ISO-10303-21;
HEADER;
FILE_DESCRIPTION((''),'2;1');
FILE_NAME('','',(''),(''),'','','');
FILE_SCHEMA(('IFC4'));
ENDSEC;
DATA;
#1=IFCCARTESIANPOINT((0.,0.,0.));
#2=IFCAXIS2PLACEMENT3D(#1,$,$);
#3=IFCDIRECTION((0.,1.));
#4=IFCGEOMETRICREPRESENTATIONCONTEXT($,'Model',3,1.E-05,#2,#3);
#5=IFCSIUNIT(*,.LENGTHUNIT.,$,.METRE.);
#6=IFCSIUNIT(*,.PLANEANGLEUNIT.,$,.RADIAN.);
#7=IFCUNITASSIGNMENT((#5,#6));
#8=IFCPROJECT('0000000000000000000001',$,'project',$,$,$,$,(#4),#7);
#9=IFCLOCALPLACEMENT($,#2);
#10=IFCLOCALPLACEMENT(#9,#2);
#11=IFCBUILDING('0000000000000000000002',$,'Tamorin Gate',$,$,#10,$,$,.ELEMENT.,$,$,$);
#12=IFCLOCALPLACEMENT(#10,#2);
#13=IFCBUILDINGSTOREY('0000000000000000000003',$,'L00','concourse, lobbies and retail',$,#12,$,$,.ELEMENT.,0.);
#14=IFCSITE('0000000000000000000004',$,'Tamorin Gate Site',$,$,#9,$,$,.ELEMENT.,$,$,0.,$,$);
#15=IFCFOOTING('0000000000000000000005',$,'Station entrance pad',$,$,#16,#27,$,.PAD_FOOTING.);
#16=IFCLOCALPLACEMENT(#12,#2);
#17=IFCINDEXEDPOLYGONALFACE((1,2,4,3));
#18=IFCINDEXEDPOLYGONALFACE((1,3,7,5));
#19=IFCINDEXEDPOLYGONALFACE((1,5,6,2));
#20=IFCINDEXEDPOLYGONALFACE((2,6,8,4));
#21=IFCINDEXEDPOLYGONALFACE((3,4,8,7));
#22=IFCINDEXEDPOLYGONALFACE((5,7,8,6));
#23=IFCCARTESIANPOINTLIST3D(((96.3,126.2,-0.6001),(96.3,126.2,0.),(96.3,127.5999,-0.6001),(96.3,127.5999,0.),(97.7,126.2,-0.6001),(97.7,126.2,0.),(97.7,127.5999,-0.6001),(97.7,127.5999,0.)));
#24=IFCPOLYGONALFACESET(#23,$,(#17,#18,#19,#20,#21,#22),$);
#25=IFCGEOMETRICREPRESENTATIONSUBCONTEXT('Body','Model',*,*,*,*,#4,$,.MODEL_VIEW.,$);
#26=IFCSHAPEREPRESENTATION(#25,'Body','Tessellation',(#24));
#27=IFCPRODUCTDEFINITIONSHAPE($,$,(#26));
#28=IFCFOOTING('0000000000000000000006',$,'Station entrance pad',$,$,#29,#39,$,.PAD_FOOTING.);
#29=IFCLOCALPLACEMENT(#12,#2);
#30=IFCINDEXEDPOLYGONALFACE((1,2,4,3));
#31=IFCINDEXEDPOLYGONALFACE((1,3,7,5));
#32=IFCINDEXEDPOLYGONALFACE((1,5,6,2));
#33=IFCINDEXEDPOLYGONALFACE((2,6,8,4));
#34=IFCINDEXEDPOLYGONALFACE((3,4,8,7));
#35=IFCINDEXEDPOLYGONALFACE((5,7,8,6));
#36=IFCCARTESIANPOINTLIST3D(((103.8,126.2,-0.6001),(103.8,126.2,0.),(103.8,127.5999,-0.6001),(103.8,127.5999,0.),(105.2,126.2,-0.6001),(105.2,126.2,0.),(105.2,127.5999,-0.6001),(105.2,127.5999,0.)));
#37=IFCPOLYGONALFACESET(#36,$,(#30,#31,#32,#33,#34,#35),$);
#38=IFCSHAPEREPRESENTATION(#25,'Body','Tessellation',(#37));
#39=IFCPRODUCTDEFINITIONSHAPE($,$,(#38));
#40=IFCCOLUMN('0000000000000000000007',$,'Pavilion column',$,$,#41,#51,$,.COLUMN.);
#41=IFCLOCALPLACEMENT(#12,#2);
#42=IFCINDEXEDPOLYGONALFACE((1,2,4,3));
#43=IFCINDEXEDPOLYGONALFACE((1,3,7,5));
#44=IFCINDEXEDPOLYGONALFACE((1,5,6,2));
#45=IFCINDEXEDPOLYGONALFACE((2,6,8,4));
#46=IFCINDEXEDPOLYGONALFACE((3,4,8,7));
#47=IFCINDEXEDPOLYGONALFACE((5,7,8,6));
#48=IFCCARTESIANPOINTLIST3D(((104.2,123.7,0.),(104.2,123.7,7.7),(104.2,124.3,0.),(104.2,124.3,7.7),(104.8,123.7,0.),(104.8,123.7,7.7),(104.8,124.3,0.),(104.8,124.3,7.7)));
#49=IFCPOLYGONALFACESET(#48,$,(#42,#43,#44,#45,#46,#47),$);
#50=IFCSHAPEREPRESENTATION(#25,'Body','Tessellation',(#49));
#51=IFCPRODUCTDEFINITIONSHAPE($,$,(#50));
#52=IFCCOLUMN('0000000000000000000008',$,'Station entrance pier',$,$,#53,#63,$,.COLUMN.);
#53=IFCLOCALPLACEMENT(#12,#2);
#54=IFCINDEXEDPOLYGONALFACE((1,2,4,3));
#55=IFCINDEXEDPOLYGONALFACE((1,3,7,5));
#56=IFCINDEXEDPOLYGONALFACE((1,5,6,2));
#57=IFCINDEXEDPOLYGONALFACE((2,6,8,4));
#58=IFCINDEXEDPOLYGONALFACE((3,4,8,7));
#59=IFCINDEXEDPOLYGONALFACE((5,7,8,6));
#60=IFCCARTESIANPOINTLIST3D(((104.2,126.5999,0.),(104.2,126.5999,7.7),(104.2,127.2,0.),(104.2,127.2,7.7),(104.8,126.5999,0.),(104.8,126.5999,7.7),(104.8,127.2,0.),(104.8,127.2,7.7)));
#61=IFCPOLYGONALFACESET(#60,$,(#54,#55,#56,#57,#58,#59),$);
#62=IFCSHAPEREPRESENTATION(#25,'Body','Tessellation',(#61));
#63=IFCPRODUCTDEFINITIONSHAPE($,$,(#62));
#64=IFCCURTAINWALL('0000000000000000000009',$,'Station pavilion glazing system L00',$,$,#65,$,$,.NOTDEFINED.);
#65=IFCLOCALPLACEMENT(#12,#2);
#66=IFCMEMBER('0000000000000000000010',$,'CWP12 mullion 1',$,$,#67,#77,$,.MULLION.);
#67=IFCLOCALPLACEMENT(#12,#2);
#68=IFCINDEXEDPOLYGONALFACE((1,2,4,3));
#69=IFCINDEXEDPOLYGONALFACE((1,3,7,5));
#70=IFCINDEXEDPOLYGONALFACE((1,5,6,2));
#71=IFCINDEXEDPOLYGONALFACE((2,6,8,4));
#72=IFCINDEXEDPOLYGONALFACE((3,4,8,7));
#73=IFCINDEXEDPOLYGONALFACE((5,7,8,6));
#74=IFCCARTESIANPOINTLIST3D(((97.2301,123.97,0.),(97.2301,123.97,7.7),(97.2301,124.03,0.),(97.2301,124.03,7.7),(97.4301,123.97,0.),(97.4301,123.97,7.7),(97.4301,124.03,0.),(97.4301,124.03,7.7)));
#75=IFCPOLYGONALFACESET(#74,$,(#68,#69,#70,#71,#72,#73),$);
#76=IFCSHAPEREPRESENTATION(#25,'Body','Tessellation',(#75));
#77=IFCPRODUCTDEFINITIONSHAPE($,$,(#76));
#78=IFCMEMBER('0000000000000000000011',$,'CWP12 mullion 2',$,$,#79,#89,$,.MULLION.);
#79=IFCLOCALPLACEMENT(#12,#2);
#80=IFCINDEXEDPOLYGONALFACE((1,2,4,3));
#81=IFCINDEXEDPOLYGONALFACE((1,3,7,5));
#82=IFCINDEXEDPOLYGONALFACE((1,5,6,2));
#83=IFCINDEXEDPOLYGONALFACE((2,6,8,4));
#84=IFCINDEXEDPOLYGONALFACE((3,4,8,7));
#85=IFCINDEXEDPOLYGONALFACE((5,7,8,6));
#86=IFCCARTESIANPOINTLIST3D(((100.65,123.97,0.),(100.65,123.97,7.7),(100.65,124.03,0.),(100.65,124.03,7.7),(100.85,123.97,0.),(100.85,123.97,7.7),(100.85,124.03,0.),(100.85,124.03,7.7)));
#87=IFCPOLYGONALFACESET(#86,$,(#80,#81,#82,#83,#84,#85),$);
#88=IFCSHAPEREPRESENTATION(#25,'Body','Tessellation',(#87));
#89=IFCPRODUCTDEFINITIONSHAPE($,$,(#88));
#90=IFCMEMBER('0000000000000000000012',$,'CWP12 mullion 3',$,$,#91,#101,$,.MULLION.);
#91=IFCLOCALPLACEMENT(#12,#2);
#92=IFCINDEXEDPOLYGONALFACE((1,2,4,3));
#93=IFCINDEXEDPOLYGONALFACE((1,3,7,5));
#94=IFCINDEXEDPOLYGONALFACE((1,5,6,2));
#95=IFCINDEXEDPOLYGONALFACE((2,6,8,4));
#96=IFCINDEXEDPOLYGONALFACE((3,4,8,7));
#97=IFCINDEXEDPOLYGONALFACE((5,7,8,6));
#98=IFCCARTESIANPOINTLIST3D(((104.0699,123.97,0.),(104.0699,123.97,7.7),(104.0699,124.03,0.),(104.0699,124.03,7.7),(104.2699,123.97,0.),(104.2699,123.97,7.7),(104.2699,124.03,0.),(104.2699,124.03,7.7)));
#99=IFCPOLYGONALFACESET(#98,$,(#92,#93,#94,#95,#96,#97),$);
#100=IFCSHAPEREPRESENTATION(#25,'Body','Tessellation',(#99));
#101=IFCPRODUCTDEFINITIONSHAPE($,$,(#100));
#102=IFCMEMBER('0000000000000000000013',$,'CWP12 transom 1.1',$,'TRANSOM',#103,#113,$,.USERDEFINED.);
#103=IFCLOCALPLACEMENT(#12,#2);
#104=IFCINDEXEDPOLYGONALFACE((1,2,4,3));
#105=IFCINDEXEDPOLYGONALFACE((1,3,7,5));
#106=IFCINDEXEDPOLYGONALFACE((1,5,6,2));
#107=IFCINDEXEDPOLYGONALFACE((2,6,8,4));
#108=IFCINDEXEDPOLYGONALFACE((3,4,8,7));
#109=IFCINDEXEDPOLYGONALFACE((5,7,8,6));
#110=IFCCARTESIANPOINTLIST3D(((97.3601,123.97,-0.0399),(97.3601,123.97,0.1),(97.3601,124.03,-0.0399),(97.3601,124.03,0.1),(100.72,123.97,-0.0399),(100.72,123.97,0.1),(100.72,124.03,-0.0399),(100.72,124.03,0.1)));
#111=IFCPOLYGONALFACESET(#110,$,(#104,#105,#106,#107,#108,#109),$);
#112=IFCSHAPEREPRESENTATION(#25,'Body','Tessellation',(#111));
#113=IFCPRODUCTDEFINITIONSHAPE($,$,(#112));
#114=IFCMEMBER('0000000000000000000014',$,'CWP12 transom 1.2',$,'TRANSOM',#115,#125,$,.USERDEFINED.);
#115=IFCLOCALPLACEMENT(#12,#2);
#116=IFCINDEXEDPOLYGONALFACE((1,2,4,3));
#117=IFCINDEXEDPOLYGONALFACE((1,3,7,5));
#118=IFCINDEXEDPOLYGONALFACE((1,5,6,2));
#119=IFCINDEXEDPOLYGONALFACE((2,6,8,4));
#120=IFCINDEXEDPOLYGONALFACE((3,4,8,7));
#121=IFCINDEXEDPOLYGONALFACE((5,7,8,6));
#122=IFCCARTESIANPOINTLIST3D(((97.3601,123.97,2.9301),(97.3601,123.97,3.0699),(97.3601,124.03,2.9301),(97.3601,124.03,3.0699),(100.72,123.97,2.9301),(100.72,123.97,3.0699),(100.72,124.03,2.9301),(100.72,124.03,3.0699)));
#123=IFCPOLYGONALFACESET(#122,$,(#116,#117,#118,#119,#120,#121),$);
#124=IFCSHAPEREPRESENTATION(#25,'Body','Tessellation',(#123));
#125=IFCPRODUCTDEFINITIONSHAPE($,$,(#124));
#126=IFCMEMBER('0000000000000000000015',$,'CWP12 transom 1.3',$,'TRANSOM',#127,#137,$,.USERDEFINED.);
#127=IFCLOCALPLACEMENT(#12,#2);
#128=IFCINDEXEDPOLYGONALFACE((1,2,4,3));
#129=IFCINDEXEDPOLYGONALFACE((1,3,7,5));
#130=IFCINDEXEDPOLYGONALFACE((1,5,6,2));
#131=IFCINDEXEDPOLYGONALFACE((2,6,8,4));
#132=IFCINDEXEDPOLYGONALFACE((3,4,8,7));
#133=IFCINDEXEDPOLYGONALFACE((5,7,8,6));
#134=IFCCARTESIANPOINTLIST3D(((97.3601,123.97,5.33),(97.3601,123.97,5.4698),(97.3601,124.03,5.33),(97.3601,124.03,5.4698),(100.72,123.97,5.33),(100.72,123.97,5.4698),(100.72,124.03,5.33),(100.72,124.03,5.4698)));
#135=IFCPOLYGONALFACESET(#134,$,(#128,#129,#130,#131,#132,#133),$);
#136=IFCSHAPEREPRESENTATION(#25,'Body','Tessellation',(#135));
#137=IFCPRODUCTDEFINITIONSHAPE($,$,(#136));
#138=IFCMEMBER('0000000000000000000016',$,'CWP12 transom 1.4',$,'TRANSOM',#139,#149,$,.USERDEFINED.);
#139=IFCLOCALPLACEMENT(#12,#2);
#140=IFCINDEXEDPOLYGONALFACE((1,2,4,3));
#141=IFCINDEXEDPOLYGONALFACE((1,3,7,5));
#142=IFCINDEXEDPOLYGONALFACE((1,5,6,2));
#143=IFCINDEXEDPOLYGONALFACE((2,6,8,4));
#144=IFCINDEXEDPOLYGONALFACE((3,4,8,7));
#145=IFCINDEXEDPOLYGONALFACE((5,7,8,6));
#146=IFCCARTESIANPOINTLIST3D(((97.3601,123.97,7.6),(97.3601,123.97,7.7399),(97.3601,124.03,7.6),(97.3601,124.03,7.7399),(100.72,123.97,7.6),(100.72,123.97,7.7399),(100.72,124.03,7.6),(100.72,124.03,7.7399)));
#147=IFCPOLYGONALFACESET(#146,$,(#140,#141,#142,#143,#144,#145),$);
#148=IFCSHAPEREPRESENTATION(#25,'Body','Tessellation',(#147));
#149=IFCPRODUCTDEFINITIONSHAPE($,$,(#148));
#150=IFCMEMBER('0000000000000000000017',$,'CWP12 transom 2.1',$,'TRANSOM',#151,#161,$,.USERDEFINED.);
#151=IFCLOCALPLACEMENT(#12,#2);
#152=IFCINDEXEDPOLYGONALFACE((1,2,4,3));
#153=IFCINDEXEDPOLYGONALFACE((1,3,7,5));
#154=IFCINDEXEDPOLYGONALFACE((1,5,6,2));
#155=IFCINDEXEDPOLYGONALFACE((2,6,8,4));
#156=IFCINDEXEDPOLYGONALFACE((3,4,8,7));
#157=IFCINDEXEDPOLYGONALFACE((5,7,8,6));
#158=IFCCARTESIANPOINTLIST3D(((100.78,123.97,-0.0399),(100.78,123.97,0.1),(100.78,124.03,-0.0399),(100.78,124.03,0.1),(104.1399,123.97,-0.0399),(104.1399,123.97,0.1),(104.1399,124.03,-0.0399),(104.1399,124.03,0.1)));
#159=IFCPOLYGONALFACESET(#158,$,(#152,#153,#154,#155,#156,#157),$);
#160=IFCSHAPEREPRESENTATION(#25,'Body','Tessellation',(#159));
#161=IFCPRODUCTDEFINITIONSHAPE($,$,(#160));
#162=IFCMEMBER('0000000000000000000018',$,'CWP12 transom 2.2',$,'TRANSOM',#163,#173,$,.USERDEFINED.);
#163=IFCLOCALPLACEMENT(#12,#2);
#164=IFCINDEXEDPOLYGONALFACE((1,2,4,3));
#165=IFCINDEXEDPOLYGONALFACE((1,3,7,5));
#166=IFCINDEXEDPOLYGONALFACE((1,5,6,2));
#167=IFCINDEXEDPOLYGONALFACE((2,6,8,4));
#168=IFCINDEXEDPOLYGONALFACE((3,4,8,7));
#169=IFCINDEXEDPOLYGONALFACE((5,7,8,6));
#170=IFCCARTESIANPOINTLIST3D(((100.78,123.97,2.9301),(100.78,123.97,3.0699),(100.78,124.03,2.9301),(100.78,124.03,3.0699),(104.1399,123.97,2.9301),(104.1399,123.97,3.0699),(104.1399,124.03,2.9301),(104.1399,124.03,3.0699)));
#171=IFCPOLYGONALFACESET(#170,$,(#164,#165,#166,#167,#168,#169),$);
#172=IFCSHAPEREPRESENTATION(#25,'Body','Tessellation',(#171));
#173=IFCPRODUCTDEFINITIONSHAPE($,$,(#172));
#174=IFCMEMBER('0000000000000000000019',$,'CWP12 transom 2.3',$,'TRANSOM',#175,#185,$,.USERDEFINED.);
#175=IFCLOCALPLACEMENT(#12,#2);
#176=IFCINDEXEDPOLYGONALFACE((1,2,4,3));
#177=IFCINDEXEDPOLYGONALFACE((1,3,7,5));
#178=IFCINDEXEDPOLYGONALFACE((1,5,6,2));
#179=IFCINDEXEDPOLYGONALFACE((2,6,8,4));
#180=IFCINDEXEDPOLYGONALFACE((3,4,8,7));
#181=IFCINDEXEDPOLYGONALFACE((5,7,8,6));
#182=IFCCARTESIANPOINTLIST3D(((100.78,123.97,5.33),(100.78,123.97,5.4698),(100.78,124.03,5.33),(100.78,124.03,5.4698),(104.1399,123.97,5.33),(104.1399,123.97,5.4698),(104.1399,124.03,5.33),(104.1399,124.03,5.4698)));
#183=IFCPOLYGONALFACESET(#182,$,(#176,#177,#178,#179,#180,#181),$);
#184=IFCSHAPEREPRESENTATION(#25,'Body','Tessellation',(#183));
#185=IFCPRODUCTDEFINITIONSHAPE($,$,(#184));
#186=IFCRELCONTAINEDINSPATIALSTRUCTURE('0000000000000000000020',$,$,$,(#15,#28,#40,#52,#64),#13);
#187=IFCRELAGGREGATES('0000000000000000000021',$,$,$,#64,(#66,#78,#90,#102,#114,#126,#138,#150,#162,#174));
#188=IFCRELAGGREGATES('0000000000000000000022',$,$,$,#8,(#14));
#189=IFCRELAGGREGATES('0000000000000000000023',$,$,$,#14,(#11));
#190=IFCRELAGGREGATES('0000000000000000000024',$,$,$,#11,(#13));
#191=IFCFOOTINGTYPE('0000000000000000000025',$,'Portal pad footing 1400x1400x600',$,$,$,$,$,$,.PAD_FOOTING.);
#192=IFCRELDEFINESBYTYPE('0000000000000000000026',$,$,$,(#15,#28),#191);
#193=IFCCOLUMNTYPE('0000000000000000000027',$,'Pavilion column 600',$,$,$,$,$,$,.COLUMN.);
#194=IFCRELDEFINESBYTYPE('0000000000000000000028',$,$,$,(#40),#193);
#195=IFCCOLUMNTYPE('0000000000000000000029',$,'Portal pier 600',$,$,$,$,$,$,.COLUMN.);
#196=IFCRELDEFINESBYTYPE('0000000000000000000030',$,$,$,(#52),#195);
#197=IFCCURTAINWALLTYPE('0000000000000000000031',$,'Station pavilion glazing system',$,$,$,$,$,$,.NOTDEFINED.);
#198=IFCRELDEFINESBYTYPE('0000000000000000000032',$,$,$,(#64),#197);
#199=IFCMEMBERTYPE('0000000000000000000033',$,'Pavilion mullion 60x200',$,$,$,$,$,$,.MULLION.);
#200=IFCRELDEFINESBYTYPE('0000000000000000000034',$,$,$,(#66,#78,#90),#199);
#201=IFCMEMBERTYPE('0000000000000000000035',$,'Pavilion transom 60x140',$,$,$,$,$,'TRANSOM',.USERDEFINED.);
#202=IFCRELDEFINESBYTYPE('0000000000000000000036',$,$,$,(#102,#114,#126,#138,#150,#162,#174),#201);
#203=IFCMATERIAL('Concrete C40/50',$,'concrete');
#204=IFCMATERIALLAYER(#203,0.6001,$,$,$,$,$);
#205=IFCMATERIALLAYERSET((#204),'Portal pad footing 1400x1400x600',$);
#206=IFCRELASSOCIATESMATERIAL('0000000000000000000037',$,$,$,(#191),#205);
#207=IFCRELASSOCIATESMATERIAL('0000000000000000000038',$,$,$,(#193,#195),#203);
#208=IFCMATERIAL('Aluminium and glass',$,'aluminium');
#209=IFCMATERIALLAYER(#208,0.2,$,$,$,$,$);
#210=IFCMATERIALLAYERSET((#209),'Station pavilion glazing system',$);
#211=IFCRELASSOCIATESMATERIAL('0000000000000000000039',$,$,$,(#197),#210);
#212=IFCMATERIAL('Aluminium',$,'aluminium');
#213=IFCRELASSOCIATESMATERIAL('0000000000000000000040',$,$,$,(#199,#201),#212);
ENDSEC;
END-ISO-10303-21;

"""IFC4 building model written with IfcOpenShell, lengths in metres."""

from ifc_helpers import new_model, si_unit, direction, frame, origin, origin_2d, place, context, subcontext, project, spatial, rectangle, extrude, material, layer, layer_set, material_profile, profile_set, type_object, element, aggregate, save


model = new_model("IFC4")

# Units and contexts
model_context = context("Model", 3, precision=1e-05, world=origin(), true_north=direction((0.0, 1.0)))
body_context = subcontext(model_context, "Body", "Model", "MODEL_VIEW")
ifc_project = project(units=[si_unit("LENGTHUNIT", "METRE"), si_unit("PLANEANGLEUNIT", "RADIAN")], contexts=[model_context])

# Site, building, storey
site_placement = place(None, origin())
site = spatial("IfcSite", under=ifc_project, at=site_placement, Name="Tamorin Gate Site", CompositionType="ELEMENT", RefElevation=0.0)
building_placement = place(site_placement, origin())
building = spatial("IfcBuilding", under=site, at=building_placement, Name="Tamorin Gate", CompositionType="ELEMENT")
storey_placement = place(building_placement, origin())
storey = spatial("IfcBuildingStorey", under=building, at=storey_placement, Name="L00", Description="concourse, lobbies and retail", CompositionType="ELEMENT", Elevation=0.0)

# Footings
ifc_material_1 = material(Name="Concrete C40/50", Category="concrete")
ifc_layer_1 = layer(ifc_material_1, 0.6001)
ifc_layer_set_1 = layer_set([ifc_layer_1], Name="Portal pad footing 1400x1400x600")
footing_type = type_object("IfcFootingType", Name="Portal pad footing 1400x1400x600", PredefinedType="PAD_FOOTING", material=ifc_layer_set_1)
for number, where, z_axis, x_axis, name in (
    (1, (97.0, 126.8999, -0.6001), (0.0, 0.0, 1.0), (1.0, 0.0, 0.0), "Station entrance pad"),
    (2, (104.5, 126.8999, -0.6001), (0.0, 0.0, 1.0), (1.0, 0.0, 0.0), "Station entrance pad"),
):
    element("IfcFooting", number, at=place(storey_placement, frame(where, z_axis=z_axis, x_axis=x_axis)), inside=storey, type_object=footing_type, Name=name, PredefinedType="PAD_FOOTING", context=body_context, shape_type="SweptSolid", body=[
        extrude(rectangle(XDim=1.3999, YDim=1.3999, at=origin_2d()), origin(), (0.0, 0.0, 1.0), 0.6001),
    ])

# Columns
ifc_material_profile_1 = material_profile(ifc_material_1, rectangle(XDim=0.6001, YDim=0.6001, at=origin_2d()))
ifc_profile_set_1 = profile_set([ifc_material_profile_1], Name="Concrete C40/50")
column_type_1 = type_object("IfcColumnType", Name="Pavilion column 600", PredefinedType="COLUMN", material=ifc_profile_set_1)
column_1_placement = place(storey_placement, frame((104.5, 124.0, 0.0), z_axis=(0.0, 0.0, 1.0), x_axis=(1.0, 0.0, 0.0)))
element("IfcColumn", 3, at=column_1_placement, inside=storey, type_object=column_type_1, Name="Pavilion column", PredefinedType="COLUMN", context=body_context, shape_type="SweptSolid", body=[
    extrude(rectangle(XDim=0.6001, YDim=0.6001, at=origin_2d()), origin(), (0.0, 0.0, 1.0), 7.7),
])
ifc_material_profile_2 = material_profile(ifc_material_1, rectangle(XDim=0.6001, YDim=0.6001, at=origin_2d()), Name="RC 600x600")
ifc_profile_set_2 = profile_set([ifc_material_profile_2], Name="Concrete C40/50")
column_type_2 = type_object("IfcColumnType", Name="Portal pier 600", PredefinedType="COLUMN", material=ifc_profile_set_2)
column_2_placement = place(storey_placement, frame((104.5, 126.8999, 0.0), z_axis=(0.0, 0.0, 1.0), x_axis=(1.0, 0.0, 0.0)))
element("IfcColumn", 4, at=column_2_placement, inside=storey, type_object=column_type_2, Name="Station entrance pier", PredefinedType="COLUMN", context=body_context, shape_type="SweptSolid", body=[
    extrude(rectangle(XDim=0.6001, YDim=0.6001, at=origin_2d()), origin(), (0.0, 0.0, 1.0), 7.7),
])

# Curtain wall, members
ifc_material_2 = material(Name="Aluminium and glass", Category="aluminium")
ifc_layer_2 = layer(ifc_material_2, 0.2)
ifc_layer_set_2 = layer_set([ifc_layer_2], Name="Station pavilion glazing system")
curtain_wall_type = type_object("IfcCurtainWallType", Name="Station pavilion glazing system", PredefinedType="NOTDEFINED", material=ifc_layer_set_2)
curtain_wall_placement = place(storey_placement, origin())
curtain_wall = element("IfcCurtainWall", 5, at=curtain_wall_placement, inside=storey, type_object=curtain_wall_type, Name="Station pavilion glazing system L00", PredefinedType="NOTDEFINED")
ifc_material_3 = material(Name="Aluminium", Category="aluminium")
ifc_material_profile_3 = material_profile(ifc_material_3, rectangle(XDim=0.0601, YDim=0.2, at=origin_2d()), Name="RECT 60x200")
ifc_profile_set_3 = profile_set([ifc_material_profile_3], Name="Aluminium")
member_type_1 = type_object("IfcMemberType", Name="Pavilion mullion 60x200", PredefinedType="MULLION", material=ifc_profile_set_3)
member_1_placement = place(storey_placement, frame((97.3301, 124.0, 0.0), z_axis=(0.0, 0.0, 1.0), x_axis=(0.0, 1.0, 0.0)))
member_1 = element("IfcMember", 6, at=member_1_placement, type_object=member_type_1, Name="CWP12 mullion 1", PredefinedType="MULLION", context=body_context, shape_type="SweptSolid", body=[
    extrude(rectangle(XDim=0.0601, YDim=0.2, at=origin_2d()), origin(), (0.0, 0.0, 1.0), 7.7),
])
member_2_placement = place(storey_placement, frame((100.75, 124.0, 0.0), z_axis=(0.0, 0.0, 1.0), x_axis=(0.0, 1.0, 0.0)))
member_2 = element("IfcMember", 7, at=member_2_placement, type_object=member_type_1, Name="CWP12 mullion 2", PredefinedType="MULLION", context=body_context, shape_type="SweptSolid", body=[
    extrude(rectangle(XDim=0.0601, YDim=0.2, at=origin_2d()), origin(), (0.0, 0.0, 1.0), 7.7),
])
member_3_placement = place(storey_placement, frame((104.1699, 124.0, 0.0), z_axis=(0.0, 0.0, 1.0), x_axis=(0.0, 1.0, 0.0)))
member_3 = element("IfcMember", 8, at=member_3_placement, type_object=member_type_1, Name="CWP12 mullion 3", PredefinedType="MULLION", context=body_context, shape_type="SweptSolid", body=[
    extrude(rectangle(XDim=0.0601, YDim=0.2, at=origin_2d()), origin(), (0.0, 0.0, 1.0), 7.7),
])
ifc_material_profile_4 = material_profile(ifc_material_3, rectangle(XDim=0.0601, YDim=0.1399, at=origin_2d()), Name="RECT 60x140")
ifc_profile_set_4 = profile_set([ifc_material_profile_4], Name="Aluminium")
member_type_2 = type_object("IfcMemberType", Name="Pavilion transom 60x140", ElementType="TRANSOM", PredefinedType="USERDEFINED", material=ifc_profile_set_4)
member_4_placement = place(storey_placement, frame((97.3601, 124.0, 0.03), z_axis=(1.0, 0.0, 0.0), x_axis=(0.0, 1.0, 0.0)))
member_4 = element("IfcMember", 9, at=member_4_placement, type_object=member_type_2, Name="CWP12 transom 1.1", ObjectType="TRANSOM", PredefinedType="USERDEFINED", context=body_context, shape_type="SweptSolid", body=[
    extrude(rectangle(XDim=0.0601, YDim=0.1399, at=origin_2d()), origin(), (0.0, 0.0, 1.0), 3.3599),
])
member_5_placement = place(storey_placement, frame((97.3601, 124.0, 3.0), z_axis=(1.0, 0.0, 0.0), x_axis=(0.0, 1.0, 0.0)))
member_5 = element("IfcMember", 10, at=member_5_placement, type_object=member_type_2, Name="CWP12 transom 1.2", ObjectType="TRANSOM", PredefinedType="USERDEFINED", context=body_context, shape_type="SweptSolid", body=[
    extrude(rectangle(XDim=0.0601, YDim=0.1399, at=origin_2d()), origin(), (0.0, 0.0, 1.0), 3.3599),
])
member_6_placement = place(storey_placement, frame((97.3601, 124.0, 5.3999), z_axis=(1.0, 0.0, 0.0), x_axis=(0.0, 1.0, 0.0)))
member_6 = element("IfcMember", 11, at=member_6_placement, type_object=member_type_2, Name="CWP12 transom 1.3", ObjectType="TRANSOM", PredefinedType="USERDEFINED", context=body_context, shape_type="SweptSolid", body=[
    extrude(rectangle(XDim=0.0601, YDim=0.1399, at=origin_2d()), origin(), (0.0, 0.0, 1.0), 3.3599),
])
member_7_placement = place(storey_placement, frame((97.3601, 124.0, 7.6699), z_axis=(1.0, 0.0, 0.0), x_axis=(0.0, 1.0, 0.0)))
member_7 = element("IfcMember", 12, at=member_7_placement, type_object=member_type_2, Name="CWP12 transom 1.4", ObjectType="TRANSOM", PredefinedType="USERDEFINED", context=body_context, shape_type="SweptSolid", body=[
    extrude(rectangle(XDim=0.0601, YDim=0.1399, at=origin_2d()), origin(), (0.0, 0.0, 1.0), 3.3599),
])
member_8_placement = place(storey_placement, frame((100.78, 124.0, 0.03), z_axis=(1.0, 0.0, 0.0), x_axis=(0.0, 1.0, 0.0)))
member_8 = element("IfcMember", 13, at=member_8_placement, type_object=member_type_2, Name="CWP12 transom 2.1", ObjectType="TRANSOM", PredefinedType="USERDEFINED", context=body_context, shape_type="SweptSolid", body=[
    extrude(rectangle(XDim=0.0601, YDim=0.1399, at=origin_2d()), origin(), (0.0, 0.0, 1.0), 3.3599),
])
member_9_placement = place(storey_placement, frame((100.78, 124.0, 3.0), z_axis=(1.0, 0.0, 0.0), x_axis=(0.0, 1.0, 0.0)))
member_9 = element("IfcMember", 14, at=member_9_placement, type_object=member_type_2, Name="CWP12 transom 2.2", ObjectType="TRANSOM", PredefinedType="USERDEFINED", context=body_context, shape_type="SweptSolid", body=[
    extrude(rectangle(XDim=0.0601, YDim=0.1399, at=origin_2d()), origin(), (0.0, 0.0, 1.0), 3.3599),
])
member_10_placement = place(storey_placement, frame((100.78, 124.0, 5.3999), z_axis=(1.0, 0.0, 0.0), x_axis=(0.0, 1.0, 0.0)))
member_10 = element("IfcMember", 15, at=member_10_placement, type_object=member_type_2, Name="CWP12 transom 2.3", ObjectType="TRANSOM", PredefinedType="USERDEFINED", context=body_context, shape_type="SweptSolid", body=[
    extrude(rectangle(XDim=0.0601, YDim=0.1399, at=origin_2d()), origin(), (0.0, 0.0, 1.0), 3.3599),
])

aggregate(curtain_wall, [member_1, member_2, member_3, member_4, member_5, member_6, member_7, member_8, member_9, member_10])

save(model, "model.ifc")
